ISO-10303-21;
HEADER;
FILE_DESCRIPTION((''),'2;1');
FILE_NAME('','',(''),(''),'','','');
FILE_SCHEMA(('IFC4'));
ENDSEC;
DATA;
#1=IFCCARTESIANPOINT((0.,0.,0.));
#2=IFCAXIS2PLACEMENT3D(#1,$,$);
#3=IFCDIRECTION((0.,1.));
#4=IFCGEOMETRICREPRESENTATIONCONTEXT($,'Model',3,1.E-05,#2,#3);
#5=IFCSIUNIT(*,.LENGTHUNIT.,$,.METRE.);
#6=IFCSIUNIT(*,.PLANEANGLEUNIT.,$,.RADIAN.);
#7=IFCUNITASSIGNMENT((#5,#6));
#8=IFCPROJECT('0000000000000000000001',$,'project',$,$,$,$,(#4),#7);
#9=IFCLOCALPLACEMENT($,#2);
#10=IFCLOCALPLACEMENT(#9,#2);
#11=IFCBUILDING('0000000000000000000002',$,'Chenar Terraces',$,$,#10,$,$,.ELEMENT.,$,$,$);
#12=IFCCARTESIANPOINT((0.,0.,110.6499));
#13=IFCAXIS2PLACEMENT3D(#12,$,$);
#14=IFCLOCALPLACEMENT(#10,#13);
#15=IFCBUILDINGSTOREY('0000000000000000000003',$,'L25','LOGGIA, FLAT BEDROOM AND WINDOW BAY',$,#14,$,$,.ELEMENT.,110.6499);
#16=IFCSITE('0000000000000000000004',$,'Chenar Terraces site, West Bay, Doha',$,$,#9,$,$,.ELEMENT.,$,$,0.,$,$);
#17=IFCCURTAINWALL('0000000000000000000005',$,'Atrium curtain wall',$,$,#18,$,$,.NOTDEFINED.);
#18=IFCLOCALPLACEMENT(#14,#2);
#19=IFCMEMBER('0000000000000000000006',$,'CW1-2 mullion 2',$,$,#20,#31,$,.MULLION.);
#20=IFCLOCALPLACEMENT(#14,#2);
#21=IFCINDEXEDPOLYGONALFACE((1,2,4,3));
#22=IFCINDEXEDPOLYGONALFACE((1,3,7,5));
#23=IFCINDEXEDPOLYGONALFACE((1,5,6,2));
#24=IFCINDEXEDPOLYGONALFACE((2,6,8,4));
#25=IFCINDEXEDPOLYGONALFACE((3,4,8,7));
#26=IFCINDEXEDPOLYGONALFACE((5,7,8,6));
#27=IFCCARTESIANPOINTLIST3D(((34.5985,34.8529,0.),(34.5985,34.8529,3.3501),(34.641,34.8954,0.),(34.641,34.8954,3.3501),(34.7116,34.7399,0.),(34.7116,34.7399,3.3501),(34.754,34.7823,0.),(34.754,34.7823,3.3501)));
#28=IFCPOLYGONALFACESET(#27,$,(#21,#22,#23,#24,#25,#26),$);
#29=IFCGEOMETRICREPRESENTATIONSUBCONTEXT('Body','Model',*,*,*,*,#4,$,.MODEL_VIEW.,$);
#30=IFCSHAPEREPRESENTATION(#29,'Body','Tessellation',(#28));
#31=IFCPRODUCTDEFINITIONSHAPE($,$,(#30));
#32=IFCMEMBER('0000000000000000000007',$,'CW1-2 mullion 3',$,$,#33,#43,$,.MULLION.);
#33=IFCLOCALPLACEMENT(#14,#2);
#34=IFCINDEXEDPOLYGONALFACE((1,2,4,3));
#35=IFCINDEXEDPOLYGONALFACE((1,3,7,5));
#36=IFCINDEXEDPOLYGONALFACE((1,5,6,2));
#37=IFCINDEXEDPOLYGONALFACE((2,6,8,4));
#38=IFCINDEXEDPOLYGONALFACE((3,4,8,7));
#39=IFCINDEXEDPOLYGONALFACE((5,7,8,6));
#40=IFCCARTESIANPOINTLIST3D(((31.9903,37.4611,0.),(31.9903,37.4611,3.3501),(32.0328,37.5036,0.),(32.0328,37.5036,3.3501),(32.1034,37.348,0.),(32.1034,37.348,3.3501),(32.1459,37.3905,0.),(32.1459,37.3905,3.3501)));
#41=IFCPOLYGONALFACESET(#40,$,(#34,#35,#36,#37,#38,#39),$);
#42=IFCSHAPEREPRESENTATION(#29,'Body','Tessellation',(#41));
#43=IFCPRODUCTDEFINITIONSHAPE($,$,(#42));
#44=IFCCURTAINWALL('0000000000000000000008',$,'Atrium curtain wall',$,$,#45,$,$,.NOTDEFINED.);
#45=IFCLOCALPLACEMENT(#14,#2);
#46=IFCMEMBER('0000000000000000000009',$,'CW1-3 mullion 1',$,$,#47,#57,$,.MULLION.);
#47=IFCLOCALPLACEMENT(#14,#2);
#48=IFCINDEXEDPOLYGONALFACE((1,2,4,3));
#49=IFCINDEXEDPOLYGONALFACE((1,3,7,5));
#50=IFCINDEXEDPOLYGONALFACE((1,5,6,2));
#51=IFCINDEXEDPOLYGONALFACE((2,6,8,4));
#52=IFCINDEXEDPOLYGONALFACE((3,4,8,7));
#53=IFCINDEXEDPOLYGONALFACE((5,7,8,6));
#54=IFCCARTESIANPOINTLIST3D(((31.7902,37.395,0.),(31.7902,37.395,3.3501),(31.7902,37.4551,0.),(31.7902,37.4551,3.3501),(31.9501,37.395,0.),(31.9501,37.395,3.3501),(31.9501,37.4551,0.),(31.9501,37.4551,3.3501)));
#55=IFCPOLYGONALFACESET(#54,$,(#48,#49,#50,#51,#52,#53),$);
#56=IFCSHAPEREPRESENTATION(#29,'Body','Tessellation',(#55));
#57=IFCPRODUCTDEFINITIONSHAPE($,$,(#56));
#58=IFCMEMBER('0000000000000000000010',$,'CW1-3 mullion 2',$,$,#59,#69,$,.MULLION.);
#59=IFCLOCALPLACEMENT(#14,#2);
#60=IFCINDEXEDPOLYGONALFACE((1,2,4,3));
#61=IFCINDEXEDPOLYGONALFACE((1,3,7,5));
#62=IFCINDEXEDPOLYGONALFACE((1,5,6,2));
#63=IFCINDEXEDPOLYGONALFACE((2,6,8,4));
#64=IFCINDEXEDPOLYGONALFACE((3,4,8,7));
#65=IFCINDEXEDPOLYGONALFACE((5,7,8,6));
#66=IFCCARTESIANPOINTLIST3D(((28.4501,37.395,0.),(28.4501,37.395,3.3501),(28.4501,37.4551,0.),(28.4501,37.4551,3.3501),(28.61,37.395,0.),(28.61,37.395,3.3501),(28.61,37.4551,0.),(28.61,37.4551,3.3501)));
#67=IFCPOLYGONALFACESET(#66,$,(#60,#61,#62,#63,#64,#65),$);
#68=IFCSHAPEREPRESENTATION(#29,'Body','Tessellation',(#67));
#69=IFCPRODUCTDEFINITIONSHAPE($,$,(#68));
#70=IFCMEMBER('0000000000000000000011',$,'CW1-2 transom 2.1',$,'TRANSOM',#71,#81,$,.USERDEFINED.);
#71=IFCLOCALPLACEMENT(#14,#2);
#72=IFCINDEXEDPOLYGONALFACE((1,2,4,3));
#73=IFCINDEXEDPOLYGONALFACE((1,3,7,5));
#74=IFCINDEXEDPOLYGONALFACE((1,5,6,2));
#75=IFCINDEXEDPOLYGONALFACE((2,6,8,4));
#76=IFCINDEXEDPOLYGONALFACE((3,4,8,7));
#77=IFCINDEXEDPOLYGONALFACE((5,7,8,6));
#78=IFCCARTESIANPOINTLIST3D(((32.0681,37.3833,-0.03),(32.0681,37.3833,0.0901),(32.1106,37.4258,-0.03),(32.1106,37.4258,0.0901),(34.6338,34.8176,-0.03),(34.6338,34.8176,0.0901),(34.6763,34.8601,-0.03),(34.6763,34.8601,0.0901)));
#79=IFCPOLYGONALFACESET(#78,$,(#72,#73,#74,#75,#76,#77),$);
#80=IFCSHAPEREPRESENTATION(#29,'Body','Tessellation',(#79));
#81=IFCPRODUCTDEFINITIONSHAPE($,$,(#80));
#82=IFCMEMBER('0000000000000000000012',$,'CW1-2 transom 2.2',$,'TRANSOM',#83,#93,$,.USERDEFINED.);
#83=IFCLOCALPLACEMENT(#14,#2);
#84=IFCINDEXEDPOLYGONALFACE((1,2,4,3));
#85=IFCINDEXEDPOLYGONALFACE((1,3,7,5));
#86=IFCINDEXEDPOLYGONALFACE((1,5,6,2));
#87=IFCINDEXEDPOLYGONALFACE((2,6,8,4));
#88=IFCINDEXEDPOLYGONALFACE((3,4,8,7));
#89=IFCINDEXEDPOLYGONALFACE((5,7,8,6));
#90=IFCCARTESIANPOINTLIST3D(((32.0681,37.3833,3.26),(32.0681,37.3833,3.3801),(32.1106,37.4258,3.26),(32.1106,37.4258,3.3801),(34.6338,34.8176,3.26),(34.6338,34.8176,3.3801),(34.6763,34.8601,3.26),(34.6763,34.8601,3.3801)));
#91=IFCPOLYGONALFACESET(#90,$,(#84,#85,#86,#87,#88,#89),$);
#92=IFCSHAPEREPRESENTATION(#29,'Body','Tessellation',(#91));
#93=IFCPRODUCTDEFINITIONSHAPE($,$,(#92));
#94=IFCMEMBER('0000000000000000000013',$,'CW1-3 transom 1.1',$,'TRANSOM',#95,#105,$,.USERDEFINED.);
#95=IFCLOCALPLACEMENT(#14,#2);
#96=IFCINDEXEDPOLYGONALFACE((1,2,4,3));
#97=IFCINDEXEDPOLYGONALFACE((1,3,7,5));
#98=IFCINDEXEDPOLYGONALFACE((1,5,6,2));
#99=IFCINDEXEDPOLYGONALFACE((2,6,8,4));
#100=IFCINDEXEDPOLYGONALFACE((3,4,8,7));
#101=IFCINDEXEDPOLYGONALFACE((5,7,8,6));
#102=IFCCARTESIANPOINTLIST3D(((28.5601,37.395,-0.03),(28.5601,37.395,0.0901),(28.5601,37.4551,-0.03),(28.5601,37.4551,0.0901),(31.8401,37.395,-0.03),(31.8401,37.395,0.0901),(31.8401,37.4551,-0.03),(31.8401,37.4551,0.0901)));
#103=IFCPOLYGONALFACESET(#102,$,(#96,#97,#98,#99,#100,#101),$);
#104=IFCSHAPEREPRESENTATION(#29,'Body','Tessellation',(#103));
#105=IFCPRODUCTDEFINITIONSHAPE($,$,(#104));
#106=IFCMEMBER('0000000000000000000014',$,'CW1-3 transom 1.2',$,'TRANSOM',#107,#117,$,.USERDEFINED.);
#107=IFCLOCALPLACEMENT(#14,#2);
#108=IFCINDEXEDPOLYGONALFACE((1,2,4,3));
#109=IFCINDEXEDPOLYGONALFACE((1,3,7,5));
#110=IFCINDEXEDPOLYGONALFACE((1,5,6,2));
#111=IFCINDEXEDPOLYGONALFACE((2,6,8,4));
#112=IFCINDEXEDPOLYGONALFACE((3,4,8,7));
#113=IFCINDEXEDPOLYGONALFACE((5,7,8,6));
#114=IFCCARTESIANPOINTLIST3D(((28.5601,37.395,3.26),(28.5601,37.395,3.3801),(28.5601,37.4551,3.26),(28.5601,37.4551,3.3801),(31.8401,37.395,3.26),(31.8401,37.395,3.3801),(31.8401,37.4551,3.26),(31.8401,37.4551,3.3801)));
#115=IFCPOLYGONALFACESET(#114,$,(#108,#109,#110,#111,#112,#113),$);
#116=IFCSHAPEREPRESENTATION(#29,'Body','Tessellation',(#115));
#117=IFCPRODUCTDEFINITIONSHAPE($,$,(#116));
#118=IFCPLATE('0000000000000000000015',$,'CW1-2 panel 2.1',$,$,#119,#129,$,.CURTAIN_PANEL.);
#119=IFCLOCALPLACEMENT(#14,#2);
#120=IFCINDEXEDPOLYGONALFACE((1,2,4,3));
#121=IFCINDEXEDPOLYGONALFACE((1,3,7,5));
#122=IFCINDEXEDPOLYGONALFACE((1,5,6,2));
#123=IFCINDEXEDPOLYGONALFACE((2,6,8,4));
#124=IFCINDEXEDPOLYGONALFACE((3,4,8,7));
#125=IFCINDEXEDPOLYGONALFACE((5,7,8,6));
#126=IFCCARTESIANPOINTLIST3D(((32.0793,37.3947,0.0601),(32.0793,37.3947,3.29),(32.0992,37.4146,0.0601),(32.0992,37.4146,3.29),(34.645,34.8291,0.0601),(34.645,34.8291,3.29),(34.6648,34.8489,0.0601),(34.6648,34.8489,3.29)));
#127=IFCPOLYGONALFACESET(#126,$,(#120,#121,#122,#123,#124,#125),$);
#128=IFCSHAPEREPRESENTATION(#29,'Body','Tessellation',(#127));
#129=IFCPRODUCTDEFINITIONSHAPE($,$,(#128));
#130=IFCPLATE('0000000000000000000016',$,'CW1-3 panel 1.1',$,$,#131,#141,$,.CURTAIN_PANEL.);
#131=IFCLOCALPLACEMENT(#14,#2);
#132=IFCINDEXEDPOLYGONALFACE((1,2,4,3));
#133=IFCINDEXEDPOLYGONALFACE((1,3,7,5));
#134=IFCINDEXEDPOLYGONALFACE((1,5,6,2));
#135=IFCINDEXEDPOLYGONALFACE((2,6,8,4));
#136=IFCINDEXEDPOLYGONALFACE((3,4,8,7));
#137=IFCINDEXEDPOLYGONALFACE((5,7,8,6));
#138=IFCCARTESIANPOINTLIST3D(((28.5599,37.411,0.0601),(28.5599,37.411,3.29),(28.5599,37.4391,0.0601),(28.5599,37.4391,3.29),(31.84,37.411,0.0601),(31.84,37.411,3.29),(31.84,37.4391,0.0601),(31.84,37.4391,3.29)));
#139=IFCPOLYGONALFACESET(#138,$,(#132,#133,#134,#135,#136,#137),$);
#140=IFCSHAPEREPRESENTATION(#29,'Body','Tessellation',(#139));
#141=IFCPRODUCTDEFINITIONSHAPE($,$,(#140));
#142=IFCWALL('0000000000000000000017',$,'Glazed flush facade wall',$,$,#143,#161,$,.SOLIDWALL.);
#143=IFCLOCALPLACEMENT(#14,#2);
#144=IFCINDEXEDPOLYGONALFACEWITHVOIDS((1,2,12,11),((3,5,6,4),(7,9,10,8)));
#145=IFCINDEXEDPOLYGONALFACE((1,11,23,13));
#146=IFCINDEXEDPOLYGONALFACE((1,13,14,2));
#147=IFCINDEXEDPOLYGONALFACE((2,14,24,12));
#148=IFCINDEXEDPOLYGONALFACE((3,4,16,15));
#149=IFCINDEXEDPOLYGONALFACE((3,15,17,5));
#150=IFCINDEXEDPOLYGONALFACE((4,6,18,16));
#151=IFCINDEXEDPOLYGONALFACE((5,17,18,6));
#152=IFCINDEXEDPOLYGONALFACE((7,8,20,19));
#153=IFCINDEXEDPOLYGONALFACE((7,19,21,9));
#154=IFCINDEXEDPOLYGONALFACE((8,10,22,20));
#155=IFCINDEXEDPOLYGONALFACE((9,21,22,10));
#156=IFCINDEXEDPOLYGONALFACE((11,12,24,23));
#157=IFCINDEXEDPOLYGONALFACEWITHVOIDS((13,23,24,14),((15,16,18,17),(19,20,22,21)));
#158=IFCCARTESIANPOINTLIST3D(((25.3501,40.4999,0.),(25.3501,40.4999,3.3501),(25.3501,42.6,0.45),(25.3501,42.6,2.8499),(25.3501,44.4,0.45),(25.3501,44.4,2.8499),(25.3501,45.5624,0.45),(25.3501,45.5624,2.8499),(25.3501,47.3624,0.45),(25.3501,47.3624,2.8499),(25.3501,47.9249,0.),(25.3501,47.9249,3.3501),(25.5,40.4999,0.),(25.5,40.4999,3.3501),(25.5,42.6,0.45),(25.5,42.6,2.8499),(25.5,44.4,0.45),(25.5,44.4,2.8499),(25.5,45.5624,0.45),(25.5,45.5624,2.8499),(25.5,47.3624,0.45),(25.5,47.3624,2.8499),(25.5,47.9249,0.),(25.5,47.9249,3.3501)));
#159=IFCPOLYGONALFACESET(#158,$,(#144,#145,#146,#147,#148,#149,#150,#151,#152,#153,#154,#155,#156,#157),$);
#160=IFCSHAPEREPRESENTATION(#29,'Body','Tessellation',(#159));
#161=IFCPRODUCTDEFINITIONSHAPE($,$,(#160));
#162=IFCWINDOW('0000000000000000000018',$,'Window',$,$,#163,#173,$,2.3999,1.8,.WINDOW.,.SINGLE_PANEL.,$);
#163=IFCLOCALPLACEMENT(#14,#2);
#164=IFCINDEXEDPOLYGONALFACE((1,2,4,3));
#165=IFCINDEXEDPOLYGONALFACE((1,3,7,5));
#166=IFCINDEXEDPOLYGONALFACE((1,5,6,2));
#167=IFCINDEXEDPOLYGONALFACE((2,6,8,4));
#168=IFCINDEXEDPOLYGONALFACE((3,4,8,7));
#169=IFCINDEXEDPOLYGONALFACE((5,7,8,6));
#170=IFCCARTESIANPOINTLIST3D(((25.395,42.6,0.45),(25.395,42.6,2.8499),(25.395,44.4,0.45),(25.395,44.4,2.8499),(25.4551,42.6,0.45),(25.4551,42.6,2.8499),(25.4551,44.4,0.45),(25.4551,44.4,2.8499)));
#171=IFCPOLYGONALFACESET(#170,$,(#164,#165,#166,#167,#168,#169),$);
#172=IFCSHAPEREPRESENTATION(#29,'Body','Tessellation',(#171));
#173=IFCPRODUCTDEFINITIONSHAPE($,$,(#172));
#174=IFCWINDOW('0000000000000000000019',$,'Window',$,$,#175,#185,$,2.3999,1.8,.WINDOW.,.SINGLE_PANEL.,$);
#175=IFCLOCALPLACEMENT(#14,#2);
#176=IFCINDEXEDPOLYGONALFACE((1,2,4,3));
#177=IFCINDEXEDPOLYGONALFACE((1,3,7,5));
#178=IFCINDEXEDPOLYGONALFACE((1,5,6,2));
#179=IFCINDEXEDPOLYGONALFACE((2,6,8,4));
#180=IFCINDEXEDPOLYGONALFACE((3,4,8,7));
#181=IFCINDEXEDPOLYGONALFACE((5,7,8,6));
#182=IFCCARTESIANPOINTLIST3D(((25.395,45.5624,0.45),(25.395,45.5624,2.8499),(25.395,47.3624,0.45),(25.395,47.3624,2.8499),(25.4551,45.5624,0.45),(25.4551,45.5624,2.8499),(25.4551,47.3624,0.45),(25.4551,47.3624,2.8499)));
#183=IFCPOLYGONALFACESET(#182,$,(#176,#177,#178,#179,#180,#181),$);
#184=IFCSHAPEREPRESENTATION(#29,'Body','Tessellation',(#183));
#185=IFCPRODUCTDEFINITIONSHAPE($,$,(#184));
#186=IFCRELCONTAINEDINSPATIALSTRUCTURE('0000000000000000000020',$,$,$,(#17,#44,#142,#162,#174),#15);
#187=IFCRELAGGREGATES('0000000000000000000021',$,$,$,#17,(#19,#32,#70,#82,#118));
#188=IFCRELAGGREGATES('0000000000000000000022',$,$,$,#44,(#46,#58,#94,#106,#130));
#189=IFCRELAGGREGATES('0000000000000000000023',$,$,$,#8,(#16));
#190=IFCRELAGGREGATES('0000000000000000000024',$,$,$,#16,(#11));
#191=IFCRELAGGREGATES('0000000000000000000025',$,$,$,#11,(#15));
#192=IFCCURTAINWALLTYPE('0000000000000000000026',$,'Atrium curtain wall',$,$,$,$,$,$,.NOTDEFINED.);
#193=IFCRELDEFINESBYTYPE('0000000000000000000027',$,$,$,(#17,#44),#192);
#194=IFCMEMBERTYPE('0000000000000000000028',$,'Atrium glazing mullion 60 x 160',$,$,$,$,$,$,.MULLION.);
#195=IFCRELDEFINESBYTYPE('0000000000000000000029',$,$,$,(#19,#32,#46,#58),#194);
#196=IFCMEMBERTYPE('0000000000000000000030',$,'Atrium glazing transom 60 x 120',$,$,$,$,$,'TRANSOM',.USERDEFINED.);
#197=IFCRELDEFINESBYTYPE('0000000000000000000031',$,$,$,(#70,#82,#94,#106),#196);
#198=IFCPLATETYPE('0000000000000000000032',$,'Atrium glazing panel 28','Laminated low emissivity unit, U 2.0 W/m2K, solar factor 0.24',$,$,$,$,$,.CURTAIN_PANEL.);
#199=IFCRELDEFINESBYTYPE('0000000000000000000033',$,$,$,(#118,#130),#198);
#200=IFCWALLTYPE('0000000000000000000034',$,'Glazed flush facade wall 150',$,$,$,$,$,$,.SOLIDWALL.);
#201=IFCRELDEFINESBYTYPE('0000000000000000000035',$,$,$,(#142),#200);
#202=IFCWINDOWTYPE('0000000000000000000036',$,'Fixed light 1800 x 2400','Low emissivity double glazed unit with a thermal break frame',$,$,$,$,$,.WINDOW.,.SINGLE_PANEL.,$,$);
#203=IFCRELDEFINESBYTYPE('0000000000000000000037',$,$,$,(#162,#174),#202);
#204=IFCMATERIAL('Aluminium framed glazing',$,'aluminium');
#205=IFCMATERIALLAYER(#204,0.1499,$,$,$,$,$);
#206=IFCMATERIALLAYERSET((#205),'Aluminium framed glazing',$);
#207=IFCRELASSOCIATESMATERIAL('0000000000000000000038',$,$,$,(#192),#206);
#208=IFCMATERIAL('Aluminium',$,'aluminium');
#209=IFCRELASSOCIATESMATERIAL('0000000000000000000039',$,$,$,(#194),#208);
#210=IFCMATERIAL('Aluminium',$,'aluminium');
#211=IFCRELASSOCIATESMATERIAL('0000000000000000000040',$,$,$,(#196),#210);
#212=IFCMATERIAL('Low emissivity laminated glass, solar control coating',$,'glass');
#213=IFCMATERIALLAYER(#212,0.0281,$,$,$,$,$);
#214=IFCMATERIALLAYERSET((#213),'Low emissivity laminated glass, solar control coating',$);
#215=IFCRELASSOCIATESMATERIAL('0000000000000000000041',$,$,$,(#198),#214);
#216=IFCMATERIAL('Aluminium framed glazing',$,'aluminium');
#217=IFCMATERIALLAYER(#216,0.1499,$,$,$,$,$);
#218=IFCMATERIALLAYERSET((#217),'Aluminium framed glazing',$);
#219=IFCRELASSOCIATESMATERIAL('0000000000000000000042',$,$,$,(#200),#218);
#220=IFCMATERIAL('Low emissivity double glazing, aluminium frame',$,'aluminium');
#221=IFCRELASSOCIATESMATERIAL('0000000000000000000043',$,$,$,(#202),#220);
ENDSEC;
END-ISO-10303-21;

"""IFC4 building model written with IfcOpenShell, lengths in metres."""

from ifc_helpers import new_model, si_unit, direction, frame, frame_2d, origin, origin_2d, place, context, subcontext, project, spatial, rectangle, extrude, material, layer, layer_set, material_profile, profile_set, type_object, element, fill, aggregate, save


model = new_model("IFC4")

# Units and contexts
model_context = context("Model", 3, precision=1e-05, world=origin(), true_north=direction((0.0, 1.0)))
body_context = subcontext(model_context, "Body", "Model", "MODEL_VIEW")
ifc_project = project(units=[si_unit("LENGTHUNIT", "METRE"), si_unit("PLANEANGLEUNIT", "RADIAN")], contexts=[model_context])

# Site, building, storey
site_placement = place(None, origin())
site = spatial("IfcSite", under=ifc_project, at=site_placement, Name="Chenar Terraces site, West Bay, Doha", CompositionType="ELEMENT", RefElevation=0.0)
building_placement = place(site_placement, origin())
building = spatial("IfcBuilding", under=site, at=building_placement, Name="Chenar Terraces", CompositionType="ELEMENT")
storey_placement = place(building_placement, frame((0.0, 0.0, 110.6499)))
storey = spatial("IfcBuildingStorey", under=building, at=storey_placement, Name="L25", Description="LOGGIA, FLAT BEDROOM AND WINDOW BAY", CompositionType="ELEMENT", Elevation=110.6499)

# Curtain walls, members
ifc_material_1 = material(Name="Aluminium framed glazing", Category="aluminium")
ifc_layer_1 = layer(ifc_material_1, 0.1499)
ifc_layer_set_1 = layer_set([ifc_layer_1], Name="Aluminium framed glazing")
curtain_wall_type = type_object("IfcCurtainWallType", Name="Atrium curtain wall", PredefinedType="NOTDEFINED", material=ifc_layer_set_1)
placement = place(storey_placement, origin())
curtain_wall_1 = element("IfcCurtainWall", 1, at=placement, inside=storey, type_object=curtain_wall_type, Name="Atrium curtain wall", PredefinedType="NOTDEFINED")
ifc_material_2 = material(Name="Aluminium", Category="aluminium")
ifc_material_profile_1 = material_profile(ifc_material_2, rectangle(XDim=0.0601, YDim=0.1599, at=origin_2d()), Name="Atrium glazing mullion 60 x 160")
ifc_profile_set_1 = profile_set([ifc_material_profile_1], Name="Aluminium")
member_type_1 = type_object("IfcMemberType", Name="Atrium glazing mullion 60 x 160", PredefinedType="MULLION", material=ifc_profile_set_1)
member_1_placement = place(storey_placement, frame((34.6763, 34.8176, 0.0), z_axis=(0.0, 0.0, 1.0), x_axis=(-0.707107, -0.707107, 0.0)))
member_1 = element("IfcMember", 2, at=member_1_placement, type_object=member_type_1, Name="CW1-2 mullion 2", PredefinedType="MULLION", context=body_context, shape_type="SweptSolid", body=[
    extrude(rectangle(XDim=0.0601, YDim=0.1599, at=origin_2d()), origin(), (0.0, 0.0, 1.0), 3.3501),
])
member_2_placement = place(storey_placement, frame((32.0681, 37.4258, 0.0), z_axis=(0.0, 0.0, 1.0), x_axis=(-0.707107, -0.707107, 0.0)))
member_2 = element("IfcMember", 3, at=member_2_placement, type_object=member_type_1, Name="CW1-2 mullion 3", PredefinedType="MULLION", context=body_context, shape_type="SweptSolid", body=[
    extrude(rectangle(XDim=0.0601, YDim=0.1599, at=origin_2d()), origin(), (0.0, 0.0, 1.0), 3.3501),
])
curtain_wall_2 = element("IfcCurtainWall", 4, at=placement, inside=storey, type_object=curtain_wall_type, Name="Atrium curtain wall", PredefinedType="NOTDEFINED")
member_3_placement = place(storey_placement, frame((31.8701, 37.425, 0.0), z_axis=(0.0, 0.0, 1.0), x_axis=(0.0, -1.0, 0.0)))
member_3 = element("IfcMember", 5, at=member_3_placement, type_object=member_type_1, Name="CW1-3 mullion 1", PredefinedType="MULLION", context=body_context, shape_type="SweptSolid", body=[
    extrude(rectangle(XDim=0.0601, YDim=0.1599, at=origin_2d()), origin(), (0.0, 0.0, 1.0), 3.3501),
])
member_4_placement = place(storey_placement, frame((28.53, 37.425, 0.0), z_axis=(0.0, 0.0, 1.0), x_axis=(0.0, -1.0, 0.0)))
member_4 = element("IfcMember", 6, at=member_4_placement, type_object=member_type_1, Name="CW1-3 mullion 2", PredefinedType="MULLION", context=body_context, shape_type="SweptSolid", body=[
    extrude(rectangle(XDim=0.0601, YDim=0.1599, at=origin_2d()), origin(), (0.0, 0.0, 1.0), 3.3501),
])

# Members
ifc_material_3 = material(Name="Aluminium", Category="aluminium")
ifc_material_profile_2 = material_profile(ifc_material_3, rectangle(XDim=0.0601, YDim=0.1201, at=origin_2d()), Name="Atrium glazing transom 60 x 120")
ifc_profile_set_2 = profile_set([ifc_material_profile_2], Name="Aluminium")
member_type_2 = type_object("IfcMemberType", Name="Atrium glazing transom 60 x 120", ElementType="TRANSOM", PredefinedType="USERDEFINED", material=ifc_profile_set_2)
member_5_placement = place(storey_placement, frame((34.655, 34.8389, 0.03), z_axis=(-0.707107, 0.707107, 0.0), x_axis=(-0.707107, -0.707107, 0.0)))
member_5 = element("IfcMember", 7, at=member_5_placement, type_object=member_type_2, Name="CW1-2 transom 2.1", ObjectType="TRANSOM", PredefinedType="USERDEFINED", context=body_context, shape_type="SweptSolid", body=[
    extrude(rectangle(XDim=0.0601, YDim=0.1201, at=origin_2d()), origin(), (0.0, 0.0, 1.0), 3.6284),
])
member_6_placement = place(storey_placement, frame((34.655, 34.8389, 3.3201), z_axis=(-0.707107, 0.707107, 0.0), x_axis=(-0.707107, -0.707107, 0.0)))
member_6 = element("IfcMember", 8, at=member_6_placement, type_object=member_type_2, Name="CW1-2 transom 2.2", ObjectType="TRANSOM", PredefinedType="USERDEFINED", context=body_context, shape_type="SweptSolid", body=[
    extrude(rectangle(XDim=0.0601, YDim=0.1201, at=origin_2d()), origin(), (0.0, 0.0, 1.0), 3.6284),
])
member_7_placement = place(storey_placement, frame((31.8401, 37.425, 0.03), z_axis=(-1.0, 0.0, 0.0), x_axis=(0.0, -1.0, 0.0)))
member_7 = element("IfcMember", 9, at=member_7_placement, type_object=member_type_2, Name="CW1-3 transom 1.1", ObjectType="TRANSOM", PredefinedType="USERDEFINED", context=body_context, shape_type="SweptSolid", body=[
    extrude(rectangle(XDim=0.0601, YDim=0.1201, at=origin_2d()), origin(), (0.0, 0.0, 1.0), 3.28),
])
member_8_placement = place(storey_placement, frame((31.8401, 37.425, 3.3201), z_axis=(-1.0, 0.0, 0.0), x_axis=(0.0, -1.0, 0.0)))
member_8 = element("IfcMember", 10, at=member_8_placement, type_object=member_type_2, Name="CW1-3 transom 1.2", ObjectType="TRANSOM", PredefinedType="USERDEFINED", context=body_context, shape_type="SweptSolid", body=[
    extrude(rectangle(XDim=0.0601, YDim=0.1201, at=origin_2d()), origin(), (0.0, 0.0, 1.0), 3.28),
])

# Plates
ifc_material_4 = material(Name="Low emissivity laminated glass, solar control coating", Category="glass")
ifc_layer_2 = layer(ifc_material_4, 0.0281)
ifc_layer_set_2 = layer_set([ifc_layer_2], Name="Low emissivity laminated glass, solar control coating")
plate_type = type_object("IfcPlateType", Name="Atrium glazing panel 28", Description="Laminated low emissivity unit, U 2.0 W/m2K, solar factor 0.24", PredefinedType="CURTAIN_PANEL", material=ifc_layer_set_2)
plate_1_placement = place(storey_placement, frame((33.3721, 36.1218, 0.0601), z_axis=(0.0, 0.0, 1.0), x_axis=(-0.707107, 0.707107, 0.0)))
plate_1 = element("IfcPlate", 11, at=plate_1_placement, type_object=plate_type, Name="CW1-2 panel 2.1", PredefinedType="CURTAIN_PANEL", context=body_context, shape_type="SweptSolid", body=[
    extrude(rectangle(XDim=3.6284, YDim=0.0281, at=origin_2d()), origin(), (0.0, 0.0, 1.0), 3.23),
])
aggregate(curtain_wall_1, [member_1, member_2, member_5, member_6, plate_1])
plate_2_placement = place(storey_placement, frame((30.2, 37.425, 0.0601), z_axis=(0.0, 0.0, 1.0), x_axis=(-1.0, 0.0, 0.0)))
plate_2 = element("IfcPlate", 12, at=plate_2_placement, type_object=plate_type, Name="CW1-3 panel 1.1", PredefinedType="CURTAIN_PANEL", context=body_context, shape_type="SweptSolid", body=[
    extrude(rectangle(XDim=3.28, YDim=0.0281, at=origin_2d()), origin(), (0.0, 0.0, 1.0), 3.23),
])
aggregate(curtain_wall_2, [member_3, member_4, member_7, member_8, plate_2])

# Wall, openings, windows
ifc_material_5 = material(Name="Aluminium framed glazing", Category="aluminium")
ifc_layer_3 = layer(ifc_material_5, 0.1499)
ifc_layer_set_3 = layer_set([ifc_layer_3], Name="Aluminium framed glazing")
wall_type_1 = type_object("IfcWallType", Name="Glazed flush facade wall 150", PredefinedType="SOLIDWALL", material=ifc_layer_set_3)
wall_1_placement = place(storey_placement, frame((25.425, 40.5, 0.0), z_axis=(0.0, 0.0, 1.0), x_axis=(0.0, 1.0, 0.0)))
wall_1 = element("IfcWall", 13, at=wall_1_placement, inside=storey, type_object=wall_type_1, Name="Glazed flush facade wall", PredefinedType="SOLIDWALL", context=body_context, shape_type="SweptSolid", body=[
    extrude(rectangle(XDim=7.425, YDim=0.1499, at=frame_2d((3.7124, 0.0))), origin(), (0.0, 0.0, 1.0), 3.3501),
])
opening_1_placement = place(wall_1_placement, frame((2.1001, 0.0, 0.45)))
opening_1 = element("IfcOpeningElement", 14, at=opening_1_placement, cuts=wall_1, PredefinedType="OPENING", context=body_context, shape_type="SweptSolid", body=[
    extrude(rectangle(XDim=1.8, YDim=2.3999, at=frame_2d((0.8999, 1.2))), frame((0.0, 0.085, 0.0), z_axis=(0.0, -1.0, 0.0), x_axis=(1.0, 0.0, 0.0)), (0.0, 0.0, 1.0), 0.1699),
])
opening_2_placement = place(wall_1_placement, frame((5.0625, 0.0, 0.45)))
opening_2 = element("IfcOpeningElement", 15, at=opening_2_placement, cuts=wall_1, PredefinedType="OPENING", context=body_context, shape_type="SweptSolid", body=[
    extrude(rectangle(XDim=1.8, YDim=2.3999, at=frame_2d((0.8999, 1.2))), frame((0.0, 0.085, 0.0), z_axis=(0.0, -1.0, 0.0), x_axis=(1.0, 0.0, 0.0)), (0.0, 0.0, 1.0), 0.1699),
])
ifc_material_6 = material(Name="Low emissivity double glazing, aluminium frame", Category="aluminium")
window_type_1 = type_object("IfcWindowType", Name="Fixed light 1800 x 2400", Description="Low emissivity double glazed unit with a thermal break frame", PartitioningType="SINGLE_PANEL", PredefinedType="WINDOW", material=ifc_material_6)
window_1_placement = place(opening_1_placement, origin())
window_1 = element("IfcWindow", 16, at=window_1_placement, inside=storey, type_object=window_type_1, Name="Window", OverallHeight=2.3999, OverallWidth=1.8, PartitioningType="SINGLE_PANEL", PredefinedType="WINDOW", context=body_context, shape_type="SweptSolid", body=[
    extrude(rectangle(XDim=1.8, YDim=2.3999, at=frame_2d((0.8999, 1.2))), frame((0.0, 0.03, 0.0), z_axis=(0.0, -1.0, 0.0), x_axis=(1.0, 0.0, 0.0)), (0.0, 0.0, 1.0), 0.0601),
])
fill(opening_1, window_1)
window_2_placement = place(opening_2_placement, origin())
window_2 = element("IfcWindow", 17, at=window_2_placement, inside=storey, type_object=window_type_1, Name="Window", OverallHeight=2.3999, OverallWidth=1.8, PartitioningType="SINGLE_PANEL", PredefinedType="WINDOW", context=body_context, shape_type="SweptSolid", body=[
    extrude(rectangle(XDim=1.8, YDim=2.3999, at=frame_2d((0.8999, 1.2))), frame((0.0, 0.03, 0.0), z_axis=(0.0, -1.0, 0.0), x_axis=(1.0, 0.0, 0.0)), (0.0, 0.0, 1.0), 0.0601),
])
fill(opening_2, window_2)

save(model, "model.ifc")
